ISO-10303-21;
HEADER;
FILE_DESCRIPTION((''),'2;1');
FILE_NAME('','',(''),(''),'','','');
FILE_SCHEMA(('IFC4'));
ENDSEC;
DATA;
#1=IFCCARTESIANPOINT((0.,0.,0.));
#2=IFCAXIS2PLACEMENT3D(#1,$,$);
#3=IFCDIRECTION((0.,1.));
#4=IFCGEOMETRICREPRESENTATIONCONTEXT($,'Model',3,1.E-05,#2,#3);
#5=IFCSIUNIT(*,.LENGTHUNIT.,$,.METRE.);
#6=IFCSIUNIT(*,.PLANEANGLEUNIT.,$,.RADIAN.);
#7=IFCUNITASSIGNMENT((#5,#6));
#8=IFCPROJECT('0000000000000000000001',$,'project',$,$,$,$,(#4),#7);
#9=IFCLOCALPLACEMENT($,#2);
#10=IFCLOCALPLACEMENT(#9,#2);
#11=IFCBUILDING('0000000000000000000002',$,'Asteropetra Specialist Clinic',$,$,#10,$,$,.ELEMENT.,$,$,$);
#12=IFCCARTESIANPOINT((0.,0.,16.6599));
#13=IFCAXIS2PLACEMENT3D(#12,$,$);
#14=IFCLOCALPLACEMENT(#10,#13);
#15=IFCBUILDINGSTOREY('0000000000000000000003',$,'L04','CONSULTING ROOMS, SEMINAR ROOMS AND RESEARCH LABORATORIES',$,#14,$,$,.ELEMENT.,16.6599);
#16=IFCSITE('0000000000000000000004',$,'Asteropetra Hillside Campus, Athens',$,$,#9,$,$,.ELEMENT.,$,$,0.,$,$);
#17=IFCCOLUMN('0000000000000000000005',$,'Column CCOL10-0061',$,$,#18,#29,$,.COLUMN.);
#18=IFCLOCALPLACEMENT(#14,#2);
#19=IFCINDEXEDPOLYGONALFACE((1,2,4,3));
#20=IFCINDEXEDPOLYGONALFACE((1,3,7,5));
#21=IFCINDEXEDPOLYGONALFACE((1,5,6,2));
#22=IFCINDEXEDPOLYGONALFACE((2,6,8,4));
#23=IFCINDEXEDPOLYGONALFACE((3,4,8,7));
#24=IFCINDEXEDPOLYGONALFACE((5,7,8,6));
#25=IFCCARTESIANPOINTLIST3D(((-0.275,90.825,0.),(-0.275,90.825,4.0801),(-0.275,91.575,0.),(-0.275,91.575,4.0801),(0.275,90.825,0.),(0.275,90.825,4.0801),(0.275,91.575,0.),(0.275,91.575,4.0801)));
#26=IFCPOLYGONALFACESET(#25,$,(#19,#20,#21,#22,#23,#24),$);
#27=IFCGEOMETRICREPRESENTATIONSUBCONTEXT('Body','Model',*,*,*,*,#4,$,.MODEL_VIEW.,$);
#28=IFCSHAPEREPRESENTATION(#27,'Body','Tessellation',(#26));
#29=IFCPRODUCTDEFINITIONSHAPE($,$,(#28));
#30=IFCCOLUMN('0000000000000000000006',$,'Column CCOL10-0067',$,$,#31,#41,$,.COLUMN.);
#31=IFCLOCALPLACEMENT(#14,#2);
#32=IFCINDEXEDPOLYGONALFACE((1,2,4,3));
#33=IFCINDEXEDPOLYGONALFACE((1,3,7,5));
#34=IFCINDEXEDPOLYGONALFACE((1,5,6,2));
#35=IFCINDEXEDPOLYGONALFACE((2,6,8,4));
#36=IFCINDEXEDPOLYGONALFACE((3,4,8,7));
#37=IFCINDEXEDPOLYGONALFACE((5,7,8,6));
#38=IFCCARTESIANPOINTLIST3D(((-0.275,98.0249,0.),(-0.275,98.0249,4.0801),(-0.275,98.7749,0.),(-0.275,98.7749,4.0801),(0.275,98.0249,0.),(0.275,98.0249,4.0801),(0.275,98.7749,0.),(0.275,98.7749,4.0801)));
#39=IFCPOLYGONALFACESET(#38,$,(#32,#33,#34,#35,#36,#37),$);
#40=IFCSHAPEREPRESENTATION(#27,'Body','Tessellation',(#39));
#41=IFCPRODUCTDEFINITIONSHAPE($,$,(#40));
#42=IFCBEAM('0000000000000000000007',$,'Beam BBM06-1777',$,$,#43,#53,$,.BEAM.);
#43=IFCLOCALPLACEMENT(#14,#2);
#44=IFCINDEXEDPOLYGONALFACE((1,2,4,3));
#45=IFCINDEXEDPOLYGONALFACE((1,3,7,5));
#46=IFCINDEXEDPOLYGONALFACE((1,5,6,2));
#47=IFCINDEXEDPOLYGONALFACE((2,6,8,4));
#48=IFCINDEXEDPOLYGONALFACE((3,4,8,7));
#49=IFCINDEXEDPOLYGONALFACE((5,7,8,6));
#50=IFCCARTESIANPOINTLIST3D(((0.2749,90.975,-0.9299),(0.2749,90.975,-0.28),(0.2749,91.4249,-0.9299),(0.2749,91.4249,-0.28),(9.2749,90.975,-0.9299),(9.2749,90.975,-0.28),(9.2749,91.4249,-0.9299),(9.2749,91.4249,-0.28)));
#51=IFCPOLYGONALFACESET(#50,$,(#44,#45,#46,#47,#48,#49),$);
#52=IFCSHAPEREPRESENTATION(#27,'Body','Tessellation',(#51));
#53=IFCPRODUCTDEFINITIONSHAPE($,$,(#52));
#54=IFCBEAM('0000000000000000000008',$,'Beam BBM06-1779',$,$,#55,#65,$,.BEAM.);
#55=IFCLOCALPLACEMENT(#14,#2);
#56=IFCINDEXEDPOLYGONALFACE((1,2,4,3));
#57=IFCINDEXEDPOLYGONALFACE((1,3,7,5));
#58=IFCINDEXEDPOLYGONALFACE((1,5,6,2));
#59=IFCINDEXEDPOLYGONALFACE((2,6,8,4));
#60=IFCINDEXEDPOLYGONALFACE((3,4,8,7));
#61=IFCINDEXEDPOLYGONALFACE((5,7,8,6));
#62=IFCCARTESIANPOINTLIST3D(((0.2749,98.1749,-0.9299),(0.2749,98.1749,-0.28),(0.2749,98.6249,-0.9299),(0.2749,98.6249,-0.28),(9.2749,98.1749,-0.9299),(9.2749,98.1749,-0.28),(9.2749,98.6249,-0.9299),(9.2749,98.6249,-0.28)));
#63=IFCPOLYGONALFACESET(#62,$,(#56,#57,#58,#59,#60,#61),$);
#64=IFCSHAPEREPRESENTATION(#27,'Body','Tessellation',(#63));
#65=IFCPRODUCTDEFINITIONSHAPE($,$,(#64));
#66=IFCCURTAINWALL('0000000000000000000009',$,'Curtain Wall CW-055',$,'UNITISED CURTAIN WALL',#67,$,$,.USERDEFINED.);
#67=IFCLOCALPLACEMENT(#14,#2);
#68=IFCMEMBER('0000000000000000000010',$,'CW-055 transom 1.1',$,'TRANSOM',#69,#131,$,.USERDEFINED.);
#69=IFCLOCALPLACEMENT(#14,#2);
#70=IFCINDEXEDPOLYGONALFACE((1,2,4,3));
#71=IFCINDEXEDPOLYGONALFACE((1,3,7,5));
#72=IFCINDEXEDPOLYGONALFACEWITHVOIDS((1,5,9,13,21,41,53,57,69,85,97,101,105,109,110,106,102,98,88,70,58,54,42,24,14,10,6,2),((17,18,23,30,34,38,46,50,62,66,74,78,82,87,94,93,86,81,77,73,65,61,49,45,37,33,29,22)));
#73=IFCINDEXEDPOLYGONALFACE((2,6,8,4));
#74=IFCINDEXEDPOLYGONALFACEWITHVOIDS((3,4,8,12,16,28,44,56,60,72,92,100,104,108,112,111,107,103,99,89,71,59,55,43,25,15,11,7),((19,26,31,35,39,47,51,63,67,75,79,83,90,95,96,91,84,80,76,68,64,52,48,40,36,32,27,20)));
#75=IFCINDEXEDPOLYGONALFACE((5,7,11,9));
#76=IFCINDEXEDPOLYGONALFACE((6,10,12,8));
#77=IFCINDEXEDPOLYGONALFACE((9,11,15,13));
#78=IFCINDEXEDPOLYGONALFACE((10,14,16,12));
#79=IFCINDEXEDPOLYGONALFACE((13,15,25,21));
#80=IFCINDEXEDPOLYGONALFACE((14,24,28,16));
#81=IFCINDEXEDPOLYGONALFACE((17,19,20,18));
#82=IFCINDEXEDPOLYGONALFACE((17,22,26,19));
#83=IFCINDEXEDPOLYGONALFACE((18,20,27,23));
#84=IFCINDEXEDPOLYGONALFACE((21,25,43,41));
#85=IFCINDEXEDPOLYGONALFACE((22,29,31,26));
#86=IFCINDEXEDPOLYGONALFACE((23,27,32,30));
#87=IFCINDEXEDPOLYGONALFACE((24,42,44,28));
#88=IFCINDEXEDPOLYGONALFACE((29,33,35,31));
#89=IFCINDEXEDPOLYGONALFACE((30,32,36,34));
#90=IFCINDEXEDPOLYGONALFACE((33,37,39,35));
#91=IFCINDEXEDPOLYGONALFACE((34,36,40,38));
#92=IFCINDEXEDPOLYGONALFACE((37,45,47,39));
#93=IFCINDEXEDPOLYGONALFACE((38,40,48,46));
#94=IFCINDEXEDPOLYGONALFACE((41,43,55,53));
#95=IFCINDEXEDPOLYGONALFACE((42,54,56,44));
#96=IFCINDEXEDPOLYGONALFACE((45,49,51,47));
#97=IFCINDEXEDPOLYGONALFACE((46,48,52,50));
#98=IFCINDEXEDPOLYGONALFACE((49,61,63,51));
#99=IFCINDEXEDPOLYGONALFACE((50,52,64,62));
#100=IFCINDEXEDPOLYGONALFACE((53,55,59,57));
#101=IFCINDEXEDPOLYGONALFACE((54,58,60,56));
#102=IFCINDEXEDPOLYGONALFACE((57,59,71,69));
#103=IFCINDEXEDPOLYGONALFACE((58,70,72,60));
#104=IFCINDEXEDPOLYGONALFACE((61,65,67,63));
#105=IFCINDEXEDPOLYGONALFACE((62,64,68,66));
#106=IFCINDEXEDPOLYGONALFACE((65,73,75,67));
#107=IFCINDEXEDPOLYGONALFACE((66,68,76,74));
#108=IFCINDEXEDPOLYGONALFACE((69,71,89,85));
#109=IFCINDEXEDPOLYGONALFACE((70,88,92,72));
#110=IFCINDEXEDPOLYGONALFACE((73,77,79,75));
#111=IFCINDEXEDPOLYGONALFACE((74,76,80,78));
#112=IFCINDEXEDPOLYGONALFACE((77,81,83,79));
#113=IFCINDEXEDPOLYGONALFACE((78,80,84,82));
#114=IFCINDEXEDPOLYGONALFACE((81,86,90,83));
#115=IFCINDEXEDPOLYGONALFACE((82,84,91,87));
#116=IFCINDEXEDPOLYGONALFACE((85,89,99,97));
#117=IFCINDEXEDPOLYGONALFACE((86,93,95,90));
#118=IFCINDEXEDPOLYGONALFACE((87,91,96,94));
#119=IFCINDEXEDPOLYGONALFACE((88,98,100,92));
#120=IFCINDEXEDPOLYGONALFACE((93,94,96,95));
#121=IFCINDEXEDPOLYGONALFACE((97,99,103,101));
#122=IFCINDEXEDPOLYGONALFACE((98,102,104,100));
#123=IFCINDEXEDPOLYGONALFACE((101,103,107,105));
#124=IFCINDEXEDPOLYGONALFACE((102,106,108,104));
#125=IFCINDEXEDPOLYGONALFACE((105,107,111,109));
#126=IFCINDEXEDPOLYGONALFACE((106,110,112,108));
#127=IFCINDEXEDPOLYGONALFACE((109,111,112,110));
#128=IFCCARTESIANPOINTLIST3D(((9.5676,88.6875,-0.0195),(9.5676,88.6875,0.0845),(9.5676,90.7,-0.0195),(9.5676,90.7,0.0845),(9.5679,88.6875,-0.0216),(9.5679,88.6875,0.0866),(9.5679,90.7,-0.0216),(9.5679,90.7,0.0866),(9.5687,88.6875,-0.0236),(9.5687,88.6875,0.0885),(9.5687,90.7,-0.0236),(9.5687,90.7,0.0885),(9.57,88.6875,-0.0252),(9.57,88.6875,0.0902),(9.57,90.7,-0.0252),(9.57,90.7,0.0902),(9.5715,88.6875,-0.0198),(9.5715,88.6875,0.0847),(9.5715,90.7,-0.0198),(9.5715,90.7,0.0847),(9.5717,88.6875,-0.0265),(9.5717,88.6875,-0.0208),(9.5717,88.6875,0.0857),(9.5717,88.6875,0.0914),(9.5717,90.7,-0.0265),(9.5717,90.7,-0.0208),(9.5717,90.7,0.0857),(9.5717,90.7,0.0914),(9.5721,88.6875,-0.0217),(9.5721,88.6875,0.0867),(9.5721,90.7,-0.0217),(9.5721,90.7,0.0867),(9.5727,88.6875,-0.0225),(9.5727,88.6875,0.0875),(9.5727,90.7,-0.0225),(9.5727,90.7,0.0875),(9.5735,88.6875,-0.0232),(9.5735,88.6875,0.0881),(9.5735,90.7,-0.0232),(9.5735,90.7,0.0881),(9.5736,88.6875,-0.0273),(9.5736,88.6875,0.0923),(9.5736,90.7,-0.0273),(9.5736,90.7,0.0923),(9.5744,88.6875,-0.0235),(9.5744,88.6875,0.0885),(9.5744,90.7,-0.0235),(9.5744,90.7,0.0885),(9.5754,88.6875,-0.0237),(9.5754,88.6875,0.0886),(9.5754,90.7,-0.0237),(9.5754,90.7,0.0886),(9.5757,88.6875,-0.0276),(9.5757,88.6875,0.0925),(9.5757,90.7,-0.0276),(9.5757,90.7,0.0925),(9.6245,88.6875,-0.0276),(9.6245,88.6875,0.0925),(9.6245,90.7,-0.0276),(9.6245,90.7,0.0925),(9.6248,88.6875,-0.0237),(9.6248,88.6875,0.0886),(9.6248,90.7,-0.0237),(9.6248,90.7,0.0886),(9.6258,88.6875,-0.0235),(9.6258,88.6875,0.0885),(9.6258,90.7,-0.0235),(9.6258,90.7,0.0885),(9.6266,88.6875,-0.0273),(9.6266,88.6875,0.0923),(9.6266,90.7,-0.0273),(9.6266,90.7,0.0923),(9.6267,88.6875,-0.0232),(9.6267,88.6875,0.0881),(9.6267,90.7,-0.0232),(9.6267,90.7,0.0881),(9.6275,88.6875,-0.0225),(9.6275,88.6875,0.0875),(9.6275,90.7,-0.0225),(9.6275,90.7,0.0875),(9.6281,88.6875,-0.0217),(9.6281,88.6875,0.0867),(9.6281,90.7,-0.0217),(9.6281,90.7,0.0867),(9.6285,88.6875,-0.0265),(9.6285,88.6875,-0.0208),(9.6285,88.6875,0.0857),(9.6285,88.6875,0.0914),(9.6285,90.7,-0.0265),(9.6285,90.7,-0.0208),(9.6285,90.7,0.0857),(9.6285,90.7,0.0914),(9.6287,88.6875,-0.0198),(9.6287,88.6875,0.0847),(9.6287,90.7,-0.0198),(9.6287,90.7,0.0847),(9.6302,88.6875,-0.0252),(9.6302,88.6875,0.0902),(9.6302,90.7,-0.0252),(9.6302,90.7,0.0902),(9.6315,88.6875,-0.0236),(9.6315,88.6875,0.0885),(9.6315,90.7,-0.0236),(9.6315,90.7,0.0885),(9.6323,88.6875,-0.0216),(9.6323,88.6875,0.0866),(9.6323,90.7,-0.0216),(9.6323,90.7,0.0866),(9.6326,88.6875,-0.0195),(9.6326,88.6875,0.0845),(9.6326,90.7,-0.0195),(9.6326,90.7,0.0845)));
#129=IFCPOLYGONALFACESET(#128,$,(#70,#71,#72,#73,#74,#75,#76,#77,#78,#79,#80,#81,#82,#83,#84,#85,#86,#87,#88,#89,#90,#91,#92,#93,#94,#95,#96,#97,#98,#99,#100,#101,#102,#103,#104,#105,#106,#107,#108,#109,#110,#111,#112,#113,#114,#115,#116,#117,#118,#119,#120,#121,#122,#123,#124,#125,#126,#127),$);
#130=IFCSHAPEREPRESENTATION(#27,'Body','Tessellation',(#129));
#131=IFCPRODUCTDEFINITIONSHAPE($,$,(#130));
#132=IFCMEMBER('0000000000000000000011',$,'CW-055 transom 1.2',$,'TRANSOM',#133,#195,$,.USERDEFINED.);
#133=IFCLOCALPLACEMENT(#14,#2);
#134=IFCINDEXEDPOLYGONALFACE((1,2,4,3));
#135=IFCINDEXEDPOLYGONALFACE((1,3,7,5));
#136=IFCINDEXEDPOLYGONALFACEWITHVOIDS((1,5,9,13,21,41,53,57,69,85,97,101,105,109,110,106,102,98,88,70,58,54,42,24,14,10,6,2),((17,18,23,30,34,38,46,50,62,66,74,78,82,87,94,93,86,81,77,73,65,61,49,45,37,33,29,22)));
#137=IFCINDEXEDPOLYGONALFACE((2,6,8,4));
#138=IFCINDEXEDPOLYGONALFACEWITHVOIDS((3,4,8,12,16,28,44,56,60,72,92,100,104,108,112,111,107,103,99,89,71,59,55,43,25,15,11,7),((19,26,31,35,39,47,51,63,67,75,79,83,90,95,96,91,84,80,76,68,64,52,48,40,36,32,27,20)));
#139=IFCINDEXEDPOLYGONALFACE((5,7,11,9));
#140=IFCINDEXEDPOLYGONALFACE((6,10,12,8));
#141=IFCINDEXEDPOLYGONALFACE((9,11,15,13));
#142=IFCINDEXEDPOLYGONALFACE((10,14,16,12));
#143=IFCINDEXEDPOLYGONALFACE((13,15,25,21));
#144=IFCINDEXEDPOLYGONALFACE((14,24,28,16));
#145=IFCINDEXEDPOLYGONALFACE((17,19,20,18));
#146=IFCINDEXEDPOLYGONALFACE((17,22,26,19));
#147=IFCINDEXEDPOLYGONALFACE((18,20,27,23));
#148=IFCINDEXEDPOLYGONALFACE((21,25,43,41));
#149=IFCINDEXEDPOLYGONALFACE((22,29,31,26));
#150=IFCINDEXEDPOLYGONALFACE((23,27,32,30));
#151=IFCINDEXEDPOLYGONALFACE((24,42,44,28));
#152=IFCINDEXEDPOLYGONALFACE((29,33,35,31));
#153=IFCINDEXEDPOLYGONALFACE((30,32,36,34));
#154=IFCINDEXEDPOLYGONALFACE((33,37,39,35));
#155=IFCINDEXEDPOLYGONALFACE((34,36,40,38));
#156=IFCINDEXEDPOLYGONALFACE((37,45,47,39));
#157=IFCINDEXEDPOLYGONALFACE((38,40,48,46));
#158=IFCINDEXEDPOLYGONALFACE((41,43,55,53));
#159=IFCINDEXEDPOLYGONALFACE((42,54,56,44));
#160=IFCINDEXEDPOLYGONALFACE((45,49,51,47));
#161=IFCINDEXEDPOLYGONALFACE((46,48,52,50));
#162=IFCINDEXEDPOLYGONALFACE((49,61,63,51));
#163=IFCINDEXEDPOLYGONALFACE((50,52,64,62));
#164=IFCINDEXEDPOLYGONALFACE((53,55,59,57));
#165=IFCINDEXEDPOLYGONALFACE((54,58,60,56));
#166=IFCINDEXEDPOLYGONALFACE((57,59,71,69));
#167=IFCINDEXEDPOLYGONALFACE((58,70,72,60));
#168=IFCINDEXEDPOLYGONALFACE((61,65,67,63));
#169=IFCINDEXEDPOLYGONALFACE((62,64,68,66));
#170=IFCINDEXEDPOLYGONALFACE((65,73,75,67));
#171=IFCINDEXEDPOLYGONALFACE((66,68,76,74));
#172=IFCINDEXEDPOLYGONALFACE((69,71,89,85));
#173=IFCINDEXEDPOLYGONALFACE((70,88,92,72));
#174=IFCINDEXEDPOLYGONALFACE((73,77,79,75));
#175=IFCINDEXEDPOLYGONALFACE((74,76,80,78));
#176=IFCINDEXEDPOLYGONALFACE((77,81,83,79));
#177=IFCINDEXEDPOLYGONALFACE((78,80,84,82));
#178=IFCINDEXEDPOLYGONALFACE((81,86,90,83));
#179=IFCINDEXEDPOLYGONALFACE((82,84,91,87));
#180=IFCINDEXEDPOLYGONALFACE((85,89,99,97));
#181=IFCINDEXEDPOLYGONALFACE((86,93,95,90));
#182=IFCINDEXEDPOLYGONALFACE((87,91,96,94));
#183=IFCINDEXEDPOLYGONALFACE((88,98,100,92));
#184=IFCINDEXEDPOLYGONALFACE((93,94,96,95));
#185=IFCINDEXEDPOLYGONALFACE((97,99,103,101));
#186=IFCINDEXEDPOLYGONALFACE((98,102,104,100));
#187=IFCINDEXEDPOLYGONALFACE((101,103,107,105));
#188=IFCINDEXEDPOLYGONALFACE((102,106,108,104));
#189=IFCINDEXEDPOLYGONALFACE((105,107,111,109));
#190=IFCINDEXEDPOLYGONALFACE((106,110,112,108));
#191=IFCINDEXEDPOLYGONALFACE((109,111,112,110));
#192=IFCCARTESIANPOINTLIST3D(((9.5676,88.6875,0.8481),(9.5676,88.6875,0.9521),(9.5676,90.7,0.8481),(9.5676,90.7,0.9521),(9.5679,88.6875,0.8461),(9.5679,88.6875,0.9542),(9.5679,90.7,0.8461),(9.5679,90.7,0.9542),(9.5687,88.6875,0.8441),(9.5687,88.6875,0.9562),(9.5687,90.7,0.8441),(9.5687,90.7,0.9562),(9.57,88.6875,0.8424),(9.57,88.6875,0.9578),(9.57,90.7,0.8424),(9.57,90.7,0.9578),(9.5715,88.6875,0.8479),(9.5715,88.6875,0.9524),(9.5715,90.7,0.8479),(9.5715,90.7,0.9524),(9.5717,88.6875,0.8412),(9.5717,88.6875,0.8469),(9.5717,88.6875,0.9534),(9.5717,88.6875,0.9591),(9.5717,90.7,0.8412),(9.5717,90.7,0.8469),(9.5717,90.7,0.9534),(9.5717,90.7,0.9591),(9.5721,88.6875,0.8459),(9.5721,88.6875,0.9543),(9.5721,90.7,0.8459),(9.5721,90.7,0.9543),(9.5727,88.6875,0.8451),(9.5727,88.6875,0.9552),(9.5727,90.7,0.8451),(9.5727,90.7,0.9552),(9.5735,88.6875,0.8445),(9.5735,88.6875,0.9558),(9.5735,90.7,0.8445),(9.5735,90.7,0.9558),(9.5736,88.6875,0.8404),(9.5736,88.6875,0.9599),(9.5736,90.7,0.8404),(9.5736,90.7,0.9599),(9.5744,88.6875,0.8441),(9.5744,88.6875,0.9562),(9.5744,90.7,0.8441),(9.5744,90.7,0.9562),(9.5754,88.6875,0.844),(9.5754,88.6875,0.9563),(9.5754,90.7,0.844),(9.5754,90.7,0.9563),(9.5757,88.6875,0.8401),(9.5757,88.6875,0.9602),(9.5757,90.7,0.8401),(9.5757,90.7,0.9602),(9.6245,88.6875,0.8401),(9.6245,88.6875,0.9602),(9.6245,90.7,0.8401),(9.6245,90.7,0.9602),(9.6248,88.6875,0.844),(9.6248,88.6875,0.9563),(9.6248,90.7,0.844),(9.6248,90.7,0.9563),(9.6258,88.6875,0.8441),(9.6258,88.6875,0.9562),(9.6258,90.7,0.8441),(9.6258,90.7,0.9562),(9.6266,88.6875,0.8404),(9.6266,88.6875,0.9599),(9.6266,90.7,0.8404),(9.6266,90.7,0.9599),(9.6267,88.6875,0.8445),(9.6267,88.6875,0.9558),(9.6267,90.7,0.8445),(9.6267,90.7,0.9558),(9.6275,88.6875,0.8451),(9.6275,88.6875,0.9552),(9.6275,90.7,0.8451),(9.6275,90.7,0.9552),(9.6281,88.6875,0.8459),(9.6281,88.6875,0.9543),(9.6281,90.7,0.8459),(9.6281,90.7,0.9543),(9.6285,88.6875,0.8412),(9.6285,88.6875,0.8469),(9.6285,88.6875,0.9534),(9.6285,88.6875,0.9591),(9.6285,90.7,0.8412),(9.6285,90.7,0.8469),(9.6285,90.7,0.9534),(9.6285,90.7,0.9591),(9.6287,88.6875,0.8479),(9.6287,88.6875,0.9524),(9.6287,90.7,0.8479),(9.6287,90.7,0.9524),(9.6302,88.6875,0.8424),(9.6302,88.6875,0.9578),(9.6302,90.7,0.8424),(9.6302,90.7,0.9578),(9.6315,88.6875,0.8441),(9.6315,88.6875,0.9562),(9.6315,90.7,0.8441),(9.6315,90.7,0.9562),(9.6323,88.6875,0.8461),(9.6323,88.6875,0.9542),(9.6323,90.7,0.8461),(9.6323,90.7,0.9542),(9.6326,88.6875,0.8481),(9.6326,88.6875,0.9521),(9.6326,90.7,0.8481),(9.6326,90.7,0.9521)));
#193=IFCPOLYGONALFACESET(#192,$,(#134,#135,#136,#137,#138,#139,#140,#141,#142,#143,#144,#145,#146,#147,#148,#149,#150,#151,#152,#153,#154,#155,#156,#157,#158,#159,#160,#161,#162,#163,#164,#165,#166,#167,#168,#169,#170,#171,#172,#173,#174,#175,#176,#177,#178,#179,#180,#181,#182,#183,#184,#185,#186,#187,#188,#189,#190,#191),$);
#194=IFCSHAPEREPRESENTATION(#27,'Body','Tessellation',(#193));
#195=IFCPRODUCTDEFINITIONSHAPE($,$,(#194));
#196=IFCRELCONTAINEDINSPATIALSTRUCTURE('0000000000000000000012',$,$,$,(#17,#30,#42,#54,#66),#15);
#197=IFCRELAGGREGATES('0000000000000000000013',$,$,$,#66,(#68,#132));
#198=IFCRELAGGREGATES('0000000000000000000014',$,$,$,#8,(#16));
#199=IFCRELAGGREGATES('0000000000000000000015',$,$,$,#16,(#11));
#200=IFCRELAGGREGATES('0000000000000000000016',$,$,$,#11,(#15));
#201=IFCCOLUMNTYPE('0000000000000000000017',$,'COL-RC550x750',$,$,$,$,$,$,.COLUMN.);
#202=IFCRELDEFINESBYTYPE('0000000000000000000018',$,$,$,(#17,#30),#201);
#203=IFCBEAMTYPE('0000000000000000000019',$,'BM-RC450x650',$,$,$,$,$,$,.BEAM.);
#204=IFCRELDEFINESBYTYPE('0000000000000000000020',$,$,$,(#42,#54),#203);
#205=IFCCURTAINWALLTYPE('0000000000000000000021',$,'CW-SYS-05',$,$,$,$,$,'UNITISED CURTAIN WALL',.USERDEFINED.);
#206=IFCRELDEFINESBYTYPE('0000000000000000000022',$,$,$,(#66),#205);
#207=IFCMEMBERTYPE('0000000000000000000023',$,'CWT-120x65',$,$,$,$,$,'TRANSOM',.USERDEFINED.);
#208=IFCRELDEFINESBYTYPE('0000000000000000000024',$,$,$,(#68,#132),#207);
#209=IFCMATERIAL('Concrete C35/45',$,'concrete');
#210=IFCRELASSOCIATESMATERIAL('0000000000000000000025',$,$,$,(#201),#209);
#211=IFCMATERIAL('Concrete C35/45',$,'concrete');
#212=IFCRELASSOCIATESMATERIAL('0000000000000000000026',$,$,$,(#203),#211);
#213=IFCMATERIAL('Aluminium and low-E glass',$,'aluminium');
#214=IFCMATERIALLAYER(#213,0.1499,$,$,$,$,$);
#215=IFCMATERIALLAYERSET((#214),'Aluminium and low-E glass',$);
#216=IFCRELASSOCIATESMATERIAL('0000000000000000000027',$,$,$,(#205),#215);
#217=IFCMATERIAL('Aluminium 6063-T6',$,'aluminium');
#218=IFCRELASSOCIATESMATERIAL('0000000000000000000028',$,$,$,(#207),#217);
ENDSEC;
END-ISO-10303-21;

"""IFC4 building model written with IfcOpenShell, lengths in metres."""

from ifc_helpers import new_model, si_unit, direction, frame, origin, origin_2d, place, context, subcontext, project, spatial, rectangle, hollow_rectangle, extrude, material, layer, layer_set, material_profile, profile_set, type_object, element, aggregate, save


model = new_model("IFC4")

# Units and contexts
model_context = context("Model", 3, precision=1e-05, world=origin(), true_north=direction((0.0, 1.0)))
body_context = subcontext(model_context, "Body", "Model", "MODEL_VIEW")
ifc_project = project(units=[si_unit("LENGTHUNIT", "METRE"), si_unit("PLANEANGLEUNIT", "RADIAN")], contexts=[model_context])

# Site, building, storey
site_placement = place(None, origin())
site = spatial("IfcSite", under=ifc_project, at=site_placement, Name="Asteropetra Hillside Campus, Athens", CompositionType="ELEMENT", RefElevation=0.0)
building_placement = place(site_placement, origin())
building = spatial("IfcBuilding", under=site, at=building_placement, Name="Asteropetra Specialist Clinic", CompositionType="ELEMENT")
storey_placement = place(building_placement, frame((0.0, 0.0, 16.6599)))
storey = spatial("IfcBuildingStorey", under=building, at=storey_placement, Name="L04", Description="CONSULTING ROOMS, SEMINAR ROOMS AND RESEARCH LABORATORIES", CompositionType="ELEMENT", Elevation=16.6599)

# Columns
ifc_material_1 = material(Name="Concrete C35/45", Category="concrete")
ifc_material_profile_1 = material_profile(ifc_material_1, rectangle(XDim=0.55, YDim=0.75, at=origin_2d()), Name="RC 550x750")
ifc_profile_set_1 = profile_set([ifc_material_profile_1], Name="Concrete C35/45")
column_type = type_object("IfcColumnType", Name="COL-RC550x750", PredefinedType="COLUMN", material=ifc_profile_set_1)
for number, where, z_axis, x_axis, name in (
    (1, (0.0, 91.2, 0.0), (0.0, 0.0, 1.0), (1.0, 0.0, 0.0), "Column CCOL10-0061"),
    (2, (0.0, 98.3999, 0.0), (0.0, 0.0, 1.0), (1.0, 0.0, 0.0), "Column CCOL10-0067"),
):
    element("IfcColumn", number, at=place(storey_placement, frame(where, z_axis=z_axis, x_axis=x_axis)), inside=storey, type_object=column_type, Name=name, PredefinedType="COLUMN", context=body_context, shape_type="SweptSolid", body=[
        extrude(rectangle(XDim=0.55, YDim=0.75, at=origin_2d()), origin(), (0.0, 0.0, 1.0), 4.0801),
    ])

# Beams
ifc_material_2 = material(Name="Concrete C35/45", Category="concrete")
ifc_material_profile_2 = material_profile(ifc_material_2, rectangle(XDim=0.45, YDim=0.6499, at=origin_2d()), Name="RCB 450x650")
ifc_profile_set_2 = profile_set([ifc_material_profile_2], Name="Concrete C35/45")
beam_type_1 = type_object("IfcBeamType", Name="BM-RC450x650", PredefinedType="BEAM", material=ifc_profile_set_2)
for number, where, z_axis, x_axis, name in (
    (3, (0.2749, 91.2, -0.605), (1.0, 0.0, 0.0), (0.0, 1.0, 0.0), "Beam BBM06-1777"),
    (4, (0.2749, 98.3999, -0.605), (1.0, 0.0, 0.0), (0.0, 1.0, 0.0), "Beam BBM06-1779"),
):
    element("IfcBeam", number, at=place(storey_placement, frame(where, z_axis=z_axis, x_axis=x_axis)), inside=storey, type_object=beam_type_1, Name=name, PredefinedType="BEAM", context=body_context, shape_type="SweptSolid", body=[
        extrude(rectangle(XDim=0.45, YDim=0.6499, at=origin_2d()), origin(), (0.0, 0.0, 1.0), 9.0),
    ])

# Curtain wall, members
ifc_material_3 = material(Name="Aluminium and low-E glass", Category="aluminium")
ifc_layer_1 = layer(ifc_material_3, 0.1499)
ifc_layer_set_1 = layer_set([ifc_layer_1], Name="Aluminium and low-E glass")
curtain_wall_type = type_object("IfcCurtainWallType", Name="CW-SYS-05", ElementType="UNITISED CURTAIN WALL", PredefinedType="USERDEFINED", material=ifc_layer_set_1)
curtain_wall_placement = place(storey_placement, origin())
curtain_wall = element("IfcCurtainWall", 5, at=curtain_wall_placement, inside=storey, type_object=curtain_wall_type, Name="Curtain Wall CW-055", ObjectType="UNITISED CURTAIN WALL", PredefinedType="USERDEFINED")
ifc_material_4 = material(Name="Aluminium 6063-T6", Category="aluminium")
ifc_material_profile_3 = material_profile(ifc_material_4, hollow_rectangle(XDim=0.0649, YDim=0.1201, WallThickness=0.0039, InnerFilletRadius=0.0039, OuterFilletRadius=0.0081, at=origin_2d()), Name="TRN 120x65x4.0")
ifc_profile_set_3 = profile_set([ifc_material_profile_3], Name="Aluminium 6063-T6")
member_type = type_object("IfcMemberType", Name="CWT-120x65", ElementType="TRANSOM", PredefinedType="USERDEFINED", material=ifc_profile_set_3)
member_1_placement = place(storey_placement, frame((9.6001, 90.7, 0.0325), z_axis=(0.0, -1.0, 0.0), x_axis=(1.0, 0.0, 0.0)))
member_1 = element("IfcMember", 6, at=member_1_placement, type_object=member_type, Name="CW-055 transom 1.1", ObjectType="TRANSOM", PredefinedType="USERDEFINED", context=body_context, shape_type="SweptSolid", body=[
    extrude(hollow_rectangle(XDim=0.0649, YDim=0.1201, WallThickness=0.0039, InnerFilletRadius=0.0039, OuterFilletRadius=0.0081, at=origin_2d()), origin(), (0.0, 0.0, 1.0), 2.0125),
])
member_2_placement = place(storey_placement, frame((9.6001, 90.7, 0.9001), z_axis=(0.0, -1.0, 0.0), x_axis=(1.0, 0.0, 0.0)))
member_2 = element("IfcMember", 7, at=member_2_placement, type_object=member_type, Name="CW-055 transom 1.2", ObjectType="TRANSOM", PredefinedType="USERDEFINED", context=body_context, shape_type="SweptSolid", body=[
    extrude(hollow_rectangle(XDim=0.0649, YDim=0.1201, WallThickness=0.0039, InnerFilletRadius=0.0039, OuterFilletRadius=0.0081, at=origin_2d()), origin(), (0.0, 0.0, 1.0), 2.0125),
])
aggregate(curtain_wall, [member_1, member_2])

save(model, "model.ifc")
